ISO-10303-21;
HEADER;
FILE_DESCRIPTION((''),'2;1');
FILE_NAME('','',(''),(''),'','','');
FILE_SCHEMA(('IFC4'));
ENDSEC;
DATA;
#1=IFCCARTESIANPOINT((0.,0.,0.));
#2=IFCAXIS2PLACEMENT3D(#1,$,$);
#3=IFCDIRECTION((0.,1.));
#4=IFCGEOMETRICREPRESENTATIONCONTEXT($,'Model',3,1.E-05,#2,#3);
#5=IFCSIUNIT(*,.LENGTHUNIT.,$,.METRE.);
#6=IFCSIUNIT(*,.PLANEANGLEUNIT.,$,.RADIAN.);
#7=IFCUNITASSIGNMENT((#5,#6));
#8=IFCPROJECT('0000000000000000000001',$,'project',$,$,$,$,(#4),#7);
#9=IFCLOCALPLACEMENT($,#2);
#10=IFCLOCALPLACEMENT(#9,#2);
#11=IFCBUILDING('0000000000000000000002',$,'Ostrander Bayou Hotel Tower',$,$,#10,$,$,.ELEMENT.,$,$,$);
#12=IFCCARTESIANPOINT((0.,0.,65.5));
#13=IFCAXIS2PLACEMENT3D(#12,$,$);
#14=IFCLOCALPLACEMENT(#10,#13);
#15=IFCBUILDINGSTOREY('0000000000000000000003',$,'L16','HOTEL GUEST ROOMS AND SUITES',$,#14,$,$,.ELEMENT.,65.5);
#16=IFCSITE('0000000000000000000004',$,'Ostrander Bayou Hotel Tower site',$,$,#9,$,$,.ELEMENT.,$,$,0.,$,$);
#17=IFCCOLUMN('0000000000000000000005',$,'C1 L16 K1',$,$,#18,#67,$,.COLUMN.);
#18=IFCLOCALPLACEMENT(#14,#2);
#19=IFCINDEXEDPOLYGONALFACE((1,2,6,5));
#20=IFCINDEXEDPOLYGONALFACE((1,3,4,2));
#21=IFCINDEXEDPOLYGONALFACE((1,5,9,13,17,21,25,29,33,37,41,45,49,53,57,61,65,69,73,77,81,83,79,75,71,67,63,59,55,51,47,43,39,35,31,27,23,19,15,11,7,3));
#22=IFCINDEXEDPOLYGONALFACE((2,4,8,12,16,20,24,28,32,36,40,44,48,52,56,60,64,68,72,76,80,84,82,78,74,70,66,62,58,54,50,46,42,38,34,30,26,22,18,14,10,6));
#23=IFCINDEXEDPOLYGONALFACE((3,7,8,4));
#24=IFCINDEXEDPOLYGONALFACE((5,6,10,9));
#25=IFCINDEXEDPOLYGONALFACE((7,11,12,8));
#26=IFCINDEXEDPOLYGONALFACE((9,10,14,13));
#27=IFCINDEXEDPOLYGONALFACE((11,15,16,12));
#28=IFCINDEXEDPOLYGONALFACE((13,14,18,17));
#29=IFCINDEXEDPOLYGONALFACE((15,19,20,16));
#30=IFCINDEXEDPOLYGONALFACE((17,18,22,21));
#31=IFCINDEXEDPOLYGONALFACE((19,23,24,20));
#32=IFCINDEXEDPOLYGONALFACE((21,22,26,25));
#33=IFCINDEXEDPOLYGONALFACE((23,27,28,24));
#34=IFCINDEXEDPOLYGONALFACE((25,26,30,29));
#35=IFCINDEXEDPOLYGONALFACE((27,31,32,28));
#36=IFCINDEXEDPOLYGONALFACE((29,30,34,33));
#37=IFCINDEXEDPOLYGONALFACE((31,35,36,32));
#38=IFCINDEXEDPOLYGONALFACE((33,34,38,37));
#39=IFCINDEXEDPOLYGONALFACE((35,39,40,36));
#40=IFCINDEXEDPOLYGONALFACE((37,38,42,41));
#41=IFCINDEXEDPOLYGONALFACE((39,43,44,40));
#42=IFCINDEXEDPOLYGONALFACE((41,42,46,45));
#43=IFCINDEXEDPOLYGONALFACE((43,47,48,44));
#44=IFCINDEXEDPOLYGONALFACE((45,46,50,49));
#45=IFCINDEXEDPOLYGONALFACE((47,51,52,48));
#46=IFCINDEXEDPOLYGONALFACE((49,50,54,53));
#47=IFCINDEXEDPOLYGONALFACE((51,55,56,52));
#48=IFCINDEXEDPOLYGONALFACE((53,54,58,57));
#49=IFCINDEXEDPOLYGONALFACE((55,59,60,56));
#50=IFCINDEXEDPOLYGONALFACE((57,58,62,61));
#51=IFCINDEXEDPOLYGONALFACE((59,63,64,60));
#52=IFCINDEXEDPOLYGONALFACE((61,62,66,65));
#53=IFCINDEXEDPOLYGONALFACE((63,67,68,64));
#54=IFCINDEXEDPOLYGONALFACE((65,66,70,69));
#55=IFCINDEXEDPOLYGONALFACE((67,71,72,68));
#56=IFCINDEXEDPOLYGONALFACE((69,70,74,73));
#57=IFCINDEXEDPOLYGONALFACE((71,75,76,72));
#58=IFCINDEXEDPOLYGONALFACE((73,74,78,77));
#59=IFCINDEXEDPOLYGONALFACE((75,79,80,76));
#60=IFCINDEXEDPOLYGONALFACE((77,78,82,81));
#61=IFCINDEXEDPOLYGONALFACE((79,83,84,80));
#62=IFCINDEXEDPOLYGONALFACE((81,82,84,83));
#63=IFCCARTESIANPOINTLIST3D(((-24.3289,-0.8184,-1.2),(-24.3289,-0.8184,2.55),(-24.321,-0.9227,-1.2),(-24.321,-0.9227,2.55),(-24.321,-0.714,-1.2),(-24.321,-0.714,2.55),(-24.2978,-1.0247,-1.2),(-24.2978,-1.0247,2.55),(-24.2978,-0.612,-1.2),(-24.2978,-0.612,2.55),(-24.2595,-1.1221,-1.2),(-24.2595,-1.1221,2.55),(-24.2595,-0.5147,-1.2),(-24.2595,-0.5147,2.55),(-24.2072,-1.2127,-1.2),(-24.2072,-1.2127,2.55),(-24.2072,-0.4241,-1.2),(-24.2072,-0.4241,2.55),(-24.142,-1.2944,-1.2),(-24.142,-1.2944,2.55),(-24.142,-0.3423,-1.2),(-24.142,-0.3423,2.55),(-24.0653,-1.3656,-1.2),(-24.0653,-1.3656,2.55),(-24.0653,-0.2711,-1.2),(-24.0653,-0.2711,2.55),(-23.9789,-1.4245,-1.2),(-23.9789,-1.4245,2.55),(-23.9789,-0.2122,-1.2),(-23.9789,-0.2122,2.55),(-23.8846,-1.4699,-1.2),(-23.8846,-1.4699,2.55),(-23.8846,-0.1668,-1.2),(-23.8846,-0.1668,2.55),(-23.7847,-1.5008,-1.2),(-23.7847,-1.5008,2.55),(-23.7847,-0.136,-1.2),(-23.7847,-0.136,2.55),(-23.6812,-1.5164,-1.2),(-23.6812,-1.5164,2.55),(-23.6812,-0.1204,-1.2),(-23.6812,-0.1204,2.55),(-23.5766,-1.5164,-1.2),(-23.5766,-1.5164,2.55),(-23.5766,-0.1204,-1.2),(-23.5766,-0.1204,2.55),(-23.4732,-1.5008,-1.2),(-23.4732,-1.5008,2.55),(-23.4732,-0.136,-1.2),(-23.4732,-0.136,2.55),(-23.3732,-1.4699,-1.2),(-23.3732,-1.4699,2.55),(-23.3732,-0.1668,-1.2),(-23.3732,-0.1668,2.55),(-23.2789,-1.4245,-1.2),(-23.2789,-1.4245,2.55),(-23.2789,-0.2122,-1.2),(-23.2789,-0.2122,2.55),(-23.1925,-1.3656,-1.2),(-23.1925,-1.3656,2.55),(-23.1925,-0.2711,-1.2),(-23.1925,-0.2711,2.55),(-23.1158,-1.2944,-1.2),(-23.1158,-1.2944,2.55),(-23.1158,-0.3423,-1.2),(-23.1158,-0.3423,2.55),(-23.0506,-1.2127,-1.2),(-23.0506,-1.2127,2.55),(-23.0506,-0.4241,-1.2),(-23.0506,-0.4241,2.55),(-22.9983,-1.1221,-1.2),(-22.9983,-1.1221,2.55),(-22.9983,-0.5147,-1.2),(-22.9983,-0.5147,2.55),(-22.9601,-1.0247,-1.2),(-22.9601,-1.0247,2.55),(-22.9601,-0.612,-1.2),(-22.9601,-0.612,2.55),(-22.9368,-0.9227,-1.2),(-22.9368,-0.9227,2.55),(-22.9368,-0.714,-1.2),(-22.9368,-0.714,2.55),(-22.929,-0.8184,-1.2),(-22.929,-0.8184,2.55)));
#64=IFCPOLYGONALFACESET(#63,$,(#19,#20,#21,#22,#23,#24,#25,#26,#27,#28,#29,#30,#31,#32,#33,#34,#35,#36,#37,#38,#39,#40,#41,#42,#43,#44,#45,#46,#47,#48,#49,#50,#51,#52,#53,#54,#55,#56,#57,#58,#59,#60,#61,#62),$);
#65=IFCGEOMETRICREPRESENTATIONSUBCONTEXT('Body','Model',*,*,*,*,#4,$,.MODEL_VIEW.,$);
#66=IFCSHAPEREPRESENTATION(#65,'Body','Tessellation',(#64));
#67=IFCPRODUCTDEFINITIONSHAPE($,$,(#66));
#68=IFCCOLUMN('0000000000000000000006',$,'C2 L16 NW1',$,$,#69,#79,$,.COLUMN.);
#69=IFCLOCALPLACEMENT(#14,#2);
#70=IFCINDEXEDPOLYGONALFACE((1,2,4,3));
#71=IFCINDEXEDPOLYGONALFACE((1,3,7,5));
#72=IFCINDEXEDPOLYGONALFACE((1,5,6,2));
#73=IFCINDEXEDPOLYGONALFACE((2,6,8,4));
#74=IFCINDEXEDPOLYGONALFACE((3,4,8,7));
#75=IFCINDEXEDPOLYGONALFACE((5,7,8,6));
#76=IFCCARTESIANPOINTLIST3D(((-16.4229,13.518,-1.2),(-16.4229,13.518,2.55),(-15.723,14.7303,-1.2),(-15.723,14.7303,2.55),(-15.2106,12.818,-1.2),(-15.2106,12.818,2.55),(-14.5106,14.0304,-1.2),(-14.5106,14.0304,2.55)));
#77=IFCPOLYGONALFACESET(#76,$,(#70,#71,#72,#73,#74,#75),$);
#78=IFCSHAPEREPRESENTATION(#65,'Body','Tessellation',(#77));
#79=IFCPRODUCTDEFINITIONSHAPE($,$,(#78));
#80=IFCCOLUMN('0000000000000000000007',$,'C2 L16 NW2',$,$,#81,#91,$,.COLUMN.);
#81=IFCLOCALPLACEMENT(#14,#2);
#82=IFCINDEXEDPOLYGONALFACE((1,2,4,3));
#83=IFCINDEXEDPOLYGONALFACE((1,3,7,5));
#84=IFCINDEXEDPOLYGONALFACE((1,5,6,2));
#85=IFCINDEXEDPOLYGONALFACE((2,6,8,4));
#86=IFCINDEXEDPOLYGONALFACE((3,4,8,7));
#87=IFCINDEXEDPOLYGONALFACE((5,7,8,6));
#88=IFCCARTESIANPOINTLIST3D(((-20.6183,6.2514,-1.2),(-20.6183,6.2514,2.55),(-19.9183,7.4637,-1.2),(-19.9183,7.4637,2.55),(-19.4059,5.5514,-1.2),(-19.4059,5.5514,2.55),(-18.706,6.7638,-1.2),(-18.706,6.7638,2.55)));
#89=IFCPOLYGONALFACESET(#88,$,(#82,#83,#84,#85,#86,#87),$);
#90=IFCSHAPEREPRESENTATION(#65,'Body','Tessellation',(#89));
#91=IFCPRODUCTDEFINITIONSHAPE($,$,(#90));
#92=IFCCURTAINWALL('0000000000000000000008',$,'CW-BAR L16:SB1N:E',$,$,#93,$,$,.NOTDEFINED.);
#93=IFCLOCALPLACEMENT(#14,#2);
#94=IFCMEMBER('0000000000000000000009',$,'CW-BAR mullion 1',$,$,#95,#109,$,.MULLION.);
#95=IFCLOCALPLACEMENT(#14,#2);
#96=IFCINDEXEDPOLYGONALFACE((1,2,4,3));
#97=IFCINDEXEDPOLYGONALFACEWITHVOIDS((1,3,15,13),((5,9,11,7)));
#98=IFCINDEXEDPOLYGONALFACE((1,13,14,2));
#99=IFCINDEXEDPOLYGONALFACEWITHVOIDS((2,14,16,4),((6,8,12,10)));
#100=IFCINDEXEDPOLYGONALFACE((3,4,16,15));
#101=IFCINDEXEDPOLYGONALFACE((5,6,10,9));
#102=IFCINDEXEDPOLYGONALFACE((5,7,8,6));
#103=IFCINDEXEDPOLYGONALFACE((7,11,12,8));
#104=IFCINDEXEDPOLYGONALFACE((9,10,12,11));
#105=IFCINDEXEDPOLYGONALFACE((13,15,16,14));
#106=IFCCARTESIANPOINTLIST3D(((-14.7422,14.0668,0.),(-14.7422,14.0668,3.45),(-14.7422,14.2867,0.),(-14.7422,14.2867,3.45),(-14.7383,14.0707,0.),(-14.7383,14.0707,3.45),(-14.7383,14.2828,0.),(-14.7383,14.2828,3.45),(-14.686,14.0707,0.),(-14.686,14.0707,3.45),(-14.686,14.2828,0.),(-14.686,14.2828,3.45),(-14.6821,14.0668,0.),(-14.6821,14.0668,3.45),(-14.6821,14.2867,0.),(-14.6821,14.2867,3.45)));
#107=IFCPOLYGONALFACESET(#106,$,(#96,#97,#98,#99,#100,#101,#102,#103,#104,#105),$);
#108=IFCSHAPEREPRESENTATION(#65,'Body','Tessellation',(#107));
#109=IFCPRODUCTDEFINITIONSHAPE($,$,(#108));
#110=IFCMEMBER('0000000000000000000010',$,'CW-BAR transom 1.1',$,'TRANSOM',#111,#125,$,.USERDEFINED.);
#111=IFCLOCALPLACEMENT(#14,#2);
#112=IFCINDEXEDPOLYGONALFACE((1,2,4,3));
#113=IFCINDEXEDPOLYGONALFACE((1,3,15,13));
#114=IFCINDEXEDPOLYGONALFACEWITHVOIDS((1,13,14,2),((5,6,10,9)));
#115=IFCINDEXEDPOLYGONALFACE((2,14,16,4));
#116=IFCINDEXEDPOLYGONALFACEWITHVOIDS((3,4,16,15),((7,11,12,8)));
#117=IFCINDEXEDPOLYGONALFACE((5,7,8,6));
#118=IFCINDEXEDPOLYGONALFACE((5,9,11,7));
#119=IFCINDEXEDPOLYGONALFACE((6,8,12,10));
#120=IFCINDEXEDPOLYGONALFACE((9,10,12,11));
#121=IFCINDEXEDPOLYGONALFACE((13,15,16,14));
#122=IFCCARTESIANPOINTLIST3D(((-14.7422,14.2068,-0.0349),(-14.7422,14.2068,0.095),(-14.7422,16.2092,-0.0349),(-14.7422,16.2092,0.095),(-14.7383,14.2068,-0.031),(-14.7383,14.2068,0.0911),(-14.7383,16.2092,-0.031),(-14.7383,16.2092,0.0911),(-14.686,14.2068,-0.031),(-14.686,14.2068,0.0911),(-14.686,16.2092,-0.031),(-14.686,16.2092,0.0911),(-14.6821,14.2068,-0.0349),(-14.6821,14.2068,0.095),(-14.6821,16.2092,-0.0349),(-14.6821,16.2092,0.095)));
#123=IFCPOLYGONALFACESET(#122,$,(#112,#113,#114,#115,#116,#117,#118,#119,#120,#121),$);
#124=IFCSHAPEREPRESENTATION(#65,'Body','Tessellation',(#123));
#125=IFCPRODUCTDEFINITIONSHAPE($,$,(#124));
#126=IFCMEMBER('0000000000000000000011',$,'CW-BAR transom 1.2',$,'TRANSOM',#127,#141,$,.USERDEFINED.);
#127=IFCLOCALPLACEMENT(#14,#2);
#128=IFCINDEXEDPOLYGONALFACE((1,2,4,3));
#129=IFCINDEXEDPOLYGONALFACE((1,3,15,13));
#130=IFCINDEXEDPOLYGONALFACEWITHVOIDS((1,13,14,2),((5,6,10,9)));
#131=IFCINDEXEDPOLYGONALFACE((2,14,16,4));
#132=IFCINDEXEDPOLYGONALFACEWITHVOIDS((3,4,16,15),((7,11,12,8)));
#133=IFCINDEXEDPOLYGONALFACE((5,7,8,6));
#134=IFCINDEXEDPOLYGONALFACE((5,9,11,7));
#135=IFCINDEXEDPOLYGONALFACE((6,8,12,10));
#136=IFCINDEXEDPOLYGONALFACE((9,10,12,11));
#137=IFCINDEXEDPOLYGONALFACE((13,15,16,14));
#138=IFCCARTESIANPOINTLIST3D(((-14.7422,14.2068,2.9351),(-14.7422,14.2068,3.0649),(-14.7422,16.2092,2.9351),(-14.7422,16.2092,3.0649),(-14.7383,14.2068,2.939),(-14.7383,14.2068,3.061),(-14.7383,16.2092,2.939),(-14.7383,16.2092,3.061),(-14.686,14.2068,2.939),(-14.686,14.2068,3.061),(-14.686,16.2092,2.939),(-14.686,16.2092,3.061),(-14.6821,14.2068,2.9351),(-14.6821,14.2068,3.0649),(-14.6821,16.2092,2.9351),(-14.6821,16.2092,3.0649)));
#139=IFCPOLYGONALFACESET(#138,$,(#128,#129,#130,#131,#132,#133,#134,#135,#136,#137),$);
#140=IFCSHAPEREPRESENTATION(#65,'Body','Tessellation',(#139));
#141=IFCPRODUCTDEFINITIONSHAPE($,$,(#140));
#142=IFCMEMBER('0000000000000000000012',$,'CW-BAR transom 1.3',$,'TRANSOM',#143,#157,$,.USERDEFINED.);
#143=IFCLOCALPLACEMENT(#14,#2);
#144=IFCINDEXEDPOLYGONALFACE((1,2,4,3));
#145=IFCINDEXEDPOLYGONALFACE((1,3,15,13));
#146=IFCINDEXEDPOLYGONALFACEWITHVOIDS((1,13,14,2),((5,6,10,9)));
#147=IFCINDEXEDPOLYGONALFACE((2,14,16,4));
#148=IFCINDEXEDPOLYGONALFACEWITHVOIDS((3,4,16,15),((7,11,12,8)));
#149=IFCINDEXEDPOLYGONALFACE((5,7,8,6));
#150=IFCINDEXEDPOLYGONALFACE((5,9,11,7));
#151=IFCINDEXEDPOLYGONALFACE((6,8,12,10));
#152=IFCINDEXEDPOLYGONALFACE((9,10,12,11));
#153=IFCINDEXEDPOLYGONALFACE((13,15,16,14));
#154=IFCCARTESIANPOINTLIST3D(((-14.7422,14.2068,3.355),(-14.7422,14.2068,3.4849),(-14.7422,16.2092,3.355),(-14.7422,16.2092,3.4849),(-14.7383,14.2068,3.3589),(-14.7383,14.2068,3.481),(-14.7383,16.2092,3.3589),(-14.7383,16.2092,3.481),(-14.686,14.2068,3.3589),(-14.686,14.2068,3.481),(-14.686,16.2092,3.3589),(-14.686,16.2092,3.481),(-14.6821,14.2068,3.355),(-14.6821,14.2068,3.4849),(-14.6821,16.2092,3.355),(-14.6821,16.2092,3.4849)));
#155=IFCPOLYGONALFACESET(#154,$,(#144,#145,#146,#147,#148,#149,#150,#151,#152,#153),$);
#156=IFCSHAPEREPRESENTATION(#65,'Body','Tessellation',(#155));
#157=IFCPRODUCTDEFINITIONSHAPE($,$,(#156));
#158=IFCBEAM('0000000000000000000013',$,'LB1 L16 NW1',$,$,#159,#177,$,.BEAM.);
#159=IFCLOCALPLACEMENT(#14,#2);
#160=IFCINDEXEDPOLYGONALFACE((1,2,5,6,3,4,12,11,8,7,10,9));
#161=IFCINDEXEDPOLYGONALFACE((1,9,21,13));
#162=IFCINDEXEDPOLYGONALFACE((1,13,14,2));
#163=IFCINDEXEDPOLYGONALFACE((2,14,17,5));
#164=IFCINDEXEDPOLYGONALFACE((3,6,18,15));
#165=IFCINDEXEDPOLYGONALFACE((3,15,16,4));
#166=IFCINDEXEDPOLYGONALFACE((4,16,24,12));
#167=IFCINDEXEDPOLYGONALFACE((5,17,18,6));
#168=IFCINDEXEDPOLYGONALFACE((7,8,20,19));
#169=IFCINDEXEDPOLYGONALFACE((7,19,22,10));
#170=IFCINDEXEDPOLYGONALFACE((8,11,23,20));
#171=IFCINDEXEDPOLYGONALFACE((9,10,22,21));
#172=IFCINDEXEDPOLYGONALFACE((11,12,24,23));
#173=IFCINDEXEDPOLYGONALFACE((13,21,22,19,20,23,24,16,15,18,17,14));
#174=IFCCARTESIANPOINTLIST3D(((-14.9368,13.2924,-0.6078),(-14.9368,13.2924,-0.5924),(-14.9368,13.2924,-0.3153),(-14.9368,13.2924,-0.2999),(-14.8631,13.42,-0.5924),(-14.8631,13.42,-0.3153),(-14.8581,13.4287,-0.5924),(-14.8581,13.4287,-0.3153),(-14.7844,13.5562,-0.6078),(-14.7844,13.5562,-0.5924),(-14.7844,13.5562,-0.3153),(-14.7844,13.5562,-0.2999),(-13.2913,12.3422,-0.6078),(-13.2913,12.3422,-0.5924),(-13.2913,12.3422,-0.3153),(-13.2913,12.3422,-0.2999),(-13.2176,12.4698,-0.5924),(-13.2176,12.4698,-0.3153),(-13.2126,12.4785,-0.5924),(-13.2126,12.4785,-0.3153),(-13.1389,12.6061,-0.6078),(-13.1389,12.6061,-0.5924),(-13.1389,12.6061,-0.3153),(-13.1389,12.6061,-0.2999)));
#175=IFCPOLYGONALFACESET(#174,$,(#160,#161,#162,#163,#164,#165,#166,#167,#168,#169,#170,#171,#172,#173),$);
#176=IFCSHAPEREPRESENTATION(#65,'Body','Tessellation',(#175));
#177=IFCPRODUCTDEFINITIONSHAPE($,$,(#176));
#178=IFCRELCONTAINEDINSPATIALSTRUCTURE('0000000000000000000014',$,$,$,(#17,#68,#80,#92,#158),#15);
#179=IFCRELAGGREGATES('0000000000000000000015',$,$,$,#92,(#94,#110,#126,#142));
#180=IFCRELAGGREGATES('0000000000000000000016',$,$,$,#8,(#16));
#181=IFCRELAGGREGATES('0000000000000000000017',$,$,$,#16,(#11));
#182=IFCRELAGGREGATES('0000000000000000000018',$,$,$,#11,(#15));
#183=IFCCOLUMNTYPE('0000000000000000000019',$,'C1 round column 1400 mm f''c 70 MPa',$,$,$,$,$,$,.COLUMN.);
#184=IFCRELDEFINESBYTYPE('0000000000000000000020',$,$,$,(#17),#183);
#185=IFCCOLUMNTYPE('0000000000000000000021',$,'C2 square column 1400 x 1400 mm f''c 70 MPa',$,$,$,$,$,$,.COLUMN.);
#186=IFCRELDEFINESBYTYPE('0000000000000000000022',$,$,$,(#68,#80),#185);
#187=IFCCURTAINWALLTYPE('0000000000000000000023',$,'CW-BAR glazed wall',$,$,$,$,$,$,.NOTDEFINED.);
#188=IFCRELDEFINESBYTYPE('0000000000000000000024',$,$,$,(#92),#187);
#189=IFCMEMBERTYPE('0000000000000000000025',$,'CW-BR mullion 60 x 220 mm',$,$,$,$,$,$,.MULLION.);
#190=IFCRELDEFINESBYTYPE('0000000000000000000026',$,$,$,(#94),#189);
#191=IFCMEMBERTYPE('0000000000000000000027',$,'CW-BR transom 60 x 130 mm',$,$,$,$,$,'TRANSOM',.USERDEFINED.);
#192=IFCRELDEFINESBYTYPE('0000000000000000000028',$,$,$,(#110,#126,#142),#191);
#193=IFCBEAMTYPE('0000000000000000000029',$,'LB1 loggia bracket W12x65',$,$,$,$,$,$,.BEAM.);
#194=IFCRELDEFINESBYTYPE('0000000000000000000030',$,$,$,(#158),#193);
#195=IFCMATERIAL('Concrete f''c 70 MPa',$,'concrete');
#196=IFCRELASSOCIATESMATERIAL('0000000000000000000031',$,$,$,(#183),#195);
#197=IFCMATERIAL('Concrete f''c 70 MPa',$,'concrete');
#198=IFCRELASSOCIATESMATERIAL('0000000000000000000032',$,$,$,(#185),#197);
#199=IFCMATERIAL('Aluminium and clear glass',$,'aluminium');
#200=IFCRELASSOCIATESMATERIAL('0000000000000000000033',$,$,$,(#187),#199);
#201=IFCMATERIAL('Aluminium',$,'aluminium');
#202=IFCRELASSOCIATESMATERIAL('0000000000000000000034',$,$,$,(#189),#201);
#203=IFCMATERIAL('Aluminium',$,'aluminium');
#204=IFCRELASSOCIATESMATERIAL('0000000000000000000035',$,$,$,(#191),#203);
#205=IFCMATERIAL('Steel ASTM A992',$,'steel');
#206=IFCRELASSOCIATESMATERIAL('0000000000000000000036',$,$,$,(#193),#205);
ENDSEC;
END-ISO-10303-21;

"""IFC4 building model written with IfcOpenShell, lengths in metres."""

from ifc_helpers import new_model, si_unit, direction, frame, origin, origin_2d, place, context, subcontext, project, spatial, rectangle, hollow_rectangle, circle, i_section, extrude, material, material_profile, profile_set, type_object, element, aggregate, save


model = new_model("IFC4")

# Units and contexts
model_context = context("Model", 3, precision=1e-05, world=origin(), true_north=direction((0.0, 1.0)))
body_context = subcontext(model_context, "Body", "Model", "MODEL_VIEW")
ifc_project = project(units=[si_unit("LENGTHUNIT", "METRE"), si_unit("PLANEANGLEUNIT", "RADIAN")], contexts=[model_context])

# Site, building, storey
site_placement = place(None, origin())
site = spatial("IfcSite", under=ifc_project, at=site_placement, Name="Ostrander Bayou Hotel Tower site", CompositionType="ELEMENT", RefElevation=0.0)
building_placement = place(site_placement, origin())
building = spatial("IfcBuilding", under=site, at=building_placement, Name="Ostrander Bayou Hotel Tower", CompositionType="ELEMENT")
storey_placement = place(building_placement, frame((0.0, 0.0, 65.5)))
storey = spatial("IfcBuildingStorey", under=building, at=storey_placement, Name="L16", Description="HOTEL GUEST ROOMS AND SUITES", CompositionType="ELEMENT", Elevation=65.5)

# Columns
ifc_material_1 = material(Name="Concrete f'c 70 MPa", Category="concrete")
ifc_material_profile_1 = material_profile(ifc_material_1, circle(Radius=0.7, at=origin_2d()))
ifc_profile_set_1 = profile_set([ifc_material_profile_1], Name="Concrete f'c 70 MPa")
column_type_1 = type_object("IfcColumnType", Name="C1 round column 1400 mm f'c 70 MPa", PredefinedType="COLUMN", material=ifc_profile_set_1)
column_placement = place(storey_placement, frame((-23.6289, -0.8184, -1.2), z_axis=(0.0, 0.0, 1.0), x_axis=(1.0, 0.0, 0.0)))
element("IfcColumn", 1, at=column_placement, inside=storey, type_object=column_type_1, Name="C1 L16 K1", PredefinedType="COLUMN", context=body_context, shape_type="SweptSolid", body=[
    extrude(circle(Radius=0.7, at=origin_2d()), origin(), (0.0, 0.0, 1.0), 3.75),
])
ifc_material_2 = material(Name="Concrete f'c 70 MPa", Category="concrete")
ifc_material_profile_2 = material_profile(ifc_material_2, rectangle(XDim=1.3999, YDim=1.3999, at=origin_2d()))
ifc_profile_set_2 = profile_set([ifc_material_profile_2], Name="Concrete f'c 70 MPa")
column_type_2 = type_object("IfcColumnType", Name="C2 square column 1400 x 1400 mm f'c 70 MPa", PredefinedType="COLUMN", material=ifc_profile_set_2)
for number, where, z_axis, x_axis, name in (
    (2, (-15.4668, 13.7742, -1.2), (0.0, 0.0, 1.0), (0.5, 0.866025, 0.0), "C2 L16 NW1"),
    (3, (-19.6621, 6.5076, -1.2), (0.0, 0.0, 1.0), (0.5, 0.866025, 0.0), "C2 L16 NW2"),
):
    element("IfcColumn", number, at=place(storey_placement, frame(where, z_axis=z_axis, x_axis=x_axis)), inside=storey, type_object=column_type_2, Name=name, PredefinedType="COLUMN", context=body_context, shape_type="SweptSolid", body=[
        extrude(rectangle(XDim=1.3999, YDim=1.3999, at=origin_2d()), origin(), (0.0, 0.0, 1.0), 3.75),
    ])

# Curtain wall, members
ifc_material_3 = material(Name="Aluminium and clear glass", Category="aluminium")
curtain_wall_type = type_object("IfcCurtainWallType", Name="CW-BAR glazed wall", PredefinedType="NOTDEFINED", material=ifc_material_3)
curtain_wall_placement = place(storey_placement, origin())
curtain_wall = element("IfcCurtainWall", 4, at=curtain_wall_placement, inside=storey, type_object=curtain_wall_type, Name="CW-BAR L16:SB1N:E", PredefinedType="NOTDEFINED")
ifc_material_4 = material(Name="Aluminium", Category="aluminium")
ifc_material_profile_3 = material_profile(ifc_material_4, hollow_rectangle(XDim=0.0601, YDim=0.22, WallThickness=0.0039, at=origin_2d()))
ifc_profile_set_3 = profile_set([ifc_material_profile_3], Name="Aluminium")
member_type_1 = type_object("IfcMemberType", Name="CW-BR mullion 60 x 220 mm", PredefinedType="MULLION", material=ifc_profile_set_3)
member_1_placement = place(storey_placement, frame((-14.7122, 14.1768, 0.0), z_axis=(0.0, 0.0, 1.0), x_axis=(-1.0, 0.0, 0.0)))
member_1 = element("IfcMember", 5, at=member_1_placement, type_object=member_type_1, Name="CW-BAR mullion 1", PredefinedType="MULLION", context=body_context, shape_type="SweptSolid", body=[
    extrude(hollow_rectangle(XDim=0.0601, YDim=0.22, WallThickness=0.0039, at=origin_2d()), origin(), (0.0, 0.0, 1.0), 3.45),
])
ifc_material_5 = material(Name="Aluminium", Category="aluminium")
ifc_material_profile_4 = material_profile(ifc_material_5, hollow_rectangle(XDim=0.0601, YDim=0.1299, WallThickness=0.0039, at=origin_2d()))
ifc_profile_set_4 = profile_set([ifc_material_profile_4], Name="Aluminium")
member_type_2 = type_object("IfcMemberType", Name="CW-BR transom 60 x 130 mm", ElementType="TRANSOM", PredefinedType="USERDEFINED", material=ifc_profile_set_4)
member_2_placement = place(storey_placement, frame((-14.7122, 14.2068, 0.03), z_axis=(0.0, 1.0, 0.0), x_axis=(-1.0, 0.0, 0.0)))
member_2 = element("IfcMember", 6, at=member_2_placement, type_object=member_type_2, Name="CW-BAR transom 1.1", ObjectType="TRANSOM", PredefinedType="USERDEFINED", context=body_context, shape_type="SweptSolid", body=[
    extrude(hollow_rectangle(XDim=0.0601, YDim=0.1299, WallThickness=0.0039, at=origin_2d()), origin(), (0.0, 0.0, 1.0), 2.0024),
])
member_3_placement = place(storey_placement, frame((-14.7122, 14.2068, 3.0), z_axis=(0.0, 1.0, 0.0), x_axis=(-1.0, 0.0, 0.0)))
member_3 = element("IfcMember", 7, at=member_3_placement, type_object=member_type_2, Name="CW-BAR transom 1.2", ObjectType="TRANSOM", PredefinedType="USERDEFINED", context=body_context, shape_type="SweptSolid", body=[
    extrude(hollow_rectangle(XDim=0.0601, YDim=0.1299, WallThickness=0.0039, at=origin_2d()), origin(), (0.0, 0.0, 1.0), 2.0024),
])
member_4_placement = place(storey_placement, frame((-14.7122, 14.2068, 3.4199), z_axis=(0.0, 1.0, 0.0), x_axis=(-1.0, 0.0, 0.0)))
member_4 = element("IfcMember", 8, at=member_4_placement, type_object=member_type_2, Name="CW-BAR transom 1.3", ObjectType="TRANSOM", PredefinedType="USERDEFINED", context=body_context, shape_type="SweptSolid", body=[
    extrude(hollow_rectangle(XDim=0.0601, YDim=0.1299, WallThickness=0.0039, at=origin_2d()), origin(), (0.0, 0.0, 1.0), 2.0024),
])

# Beam
ifc_material_6 = material(Name="Steel ASTM A992", Category="steel")
ifc_material_profile_5 = material_profile(ifc_material_6, i_section(OverallWidth=0.3047, OverallDepth=0.3079, WebThickness=0.01, FlangeThickness=0.0154, at=origin_2d()))
ifc_profile_set_5 = profile_set([ifc_material_profile_5], Name="Steel ASTM A992")
beam_type_1 = type_object("IfcBeamType", Name="LB1 loggia bracket W12x65", PredefinedType="BEAM", material=ifc_profile_set_5)
for number, where, z_axis, x_axis, name in (
    (9, (-14.8606, 13.4243, -0.4539), (0.865989, -0.500064, 0.0), (0.500064, 0.865989, 0.0), "LB1 L16 NW1"),
):
    element("IfcBeam", number, at=place(storey_placement, frame(where, z_axis=z_axis, x_axis=x_axis)), inside=storey, type_object=beam_type_1, Name=name, PredefinedType="BEAM", context=body_context, shape_type="SweptSolid", body=[
        extrude(i_section(OverallWidth=0.3047, OverallDepth=0.3079, WebThickness=0.01, FlangeThickness=0.0154, at=origin_2d()), origin(), (0.0, 0.0, 1.0), 1.9001),
    ])

aggregate(curtain_wall, [member_1, member_2, member_3, member_4])

save(model, "model.ifc")
